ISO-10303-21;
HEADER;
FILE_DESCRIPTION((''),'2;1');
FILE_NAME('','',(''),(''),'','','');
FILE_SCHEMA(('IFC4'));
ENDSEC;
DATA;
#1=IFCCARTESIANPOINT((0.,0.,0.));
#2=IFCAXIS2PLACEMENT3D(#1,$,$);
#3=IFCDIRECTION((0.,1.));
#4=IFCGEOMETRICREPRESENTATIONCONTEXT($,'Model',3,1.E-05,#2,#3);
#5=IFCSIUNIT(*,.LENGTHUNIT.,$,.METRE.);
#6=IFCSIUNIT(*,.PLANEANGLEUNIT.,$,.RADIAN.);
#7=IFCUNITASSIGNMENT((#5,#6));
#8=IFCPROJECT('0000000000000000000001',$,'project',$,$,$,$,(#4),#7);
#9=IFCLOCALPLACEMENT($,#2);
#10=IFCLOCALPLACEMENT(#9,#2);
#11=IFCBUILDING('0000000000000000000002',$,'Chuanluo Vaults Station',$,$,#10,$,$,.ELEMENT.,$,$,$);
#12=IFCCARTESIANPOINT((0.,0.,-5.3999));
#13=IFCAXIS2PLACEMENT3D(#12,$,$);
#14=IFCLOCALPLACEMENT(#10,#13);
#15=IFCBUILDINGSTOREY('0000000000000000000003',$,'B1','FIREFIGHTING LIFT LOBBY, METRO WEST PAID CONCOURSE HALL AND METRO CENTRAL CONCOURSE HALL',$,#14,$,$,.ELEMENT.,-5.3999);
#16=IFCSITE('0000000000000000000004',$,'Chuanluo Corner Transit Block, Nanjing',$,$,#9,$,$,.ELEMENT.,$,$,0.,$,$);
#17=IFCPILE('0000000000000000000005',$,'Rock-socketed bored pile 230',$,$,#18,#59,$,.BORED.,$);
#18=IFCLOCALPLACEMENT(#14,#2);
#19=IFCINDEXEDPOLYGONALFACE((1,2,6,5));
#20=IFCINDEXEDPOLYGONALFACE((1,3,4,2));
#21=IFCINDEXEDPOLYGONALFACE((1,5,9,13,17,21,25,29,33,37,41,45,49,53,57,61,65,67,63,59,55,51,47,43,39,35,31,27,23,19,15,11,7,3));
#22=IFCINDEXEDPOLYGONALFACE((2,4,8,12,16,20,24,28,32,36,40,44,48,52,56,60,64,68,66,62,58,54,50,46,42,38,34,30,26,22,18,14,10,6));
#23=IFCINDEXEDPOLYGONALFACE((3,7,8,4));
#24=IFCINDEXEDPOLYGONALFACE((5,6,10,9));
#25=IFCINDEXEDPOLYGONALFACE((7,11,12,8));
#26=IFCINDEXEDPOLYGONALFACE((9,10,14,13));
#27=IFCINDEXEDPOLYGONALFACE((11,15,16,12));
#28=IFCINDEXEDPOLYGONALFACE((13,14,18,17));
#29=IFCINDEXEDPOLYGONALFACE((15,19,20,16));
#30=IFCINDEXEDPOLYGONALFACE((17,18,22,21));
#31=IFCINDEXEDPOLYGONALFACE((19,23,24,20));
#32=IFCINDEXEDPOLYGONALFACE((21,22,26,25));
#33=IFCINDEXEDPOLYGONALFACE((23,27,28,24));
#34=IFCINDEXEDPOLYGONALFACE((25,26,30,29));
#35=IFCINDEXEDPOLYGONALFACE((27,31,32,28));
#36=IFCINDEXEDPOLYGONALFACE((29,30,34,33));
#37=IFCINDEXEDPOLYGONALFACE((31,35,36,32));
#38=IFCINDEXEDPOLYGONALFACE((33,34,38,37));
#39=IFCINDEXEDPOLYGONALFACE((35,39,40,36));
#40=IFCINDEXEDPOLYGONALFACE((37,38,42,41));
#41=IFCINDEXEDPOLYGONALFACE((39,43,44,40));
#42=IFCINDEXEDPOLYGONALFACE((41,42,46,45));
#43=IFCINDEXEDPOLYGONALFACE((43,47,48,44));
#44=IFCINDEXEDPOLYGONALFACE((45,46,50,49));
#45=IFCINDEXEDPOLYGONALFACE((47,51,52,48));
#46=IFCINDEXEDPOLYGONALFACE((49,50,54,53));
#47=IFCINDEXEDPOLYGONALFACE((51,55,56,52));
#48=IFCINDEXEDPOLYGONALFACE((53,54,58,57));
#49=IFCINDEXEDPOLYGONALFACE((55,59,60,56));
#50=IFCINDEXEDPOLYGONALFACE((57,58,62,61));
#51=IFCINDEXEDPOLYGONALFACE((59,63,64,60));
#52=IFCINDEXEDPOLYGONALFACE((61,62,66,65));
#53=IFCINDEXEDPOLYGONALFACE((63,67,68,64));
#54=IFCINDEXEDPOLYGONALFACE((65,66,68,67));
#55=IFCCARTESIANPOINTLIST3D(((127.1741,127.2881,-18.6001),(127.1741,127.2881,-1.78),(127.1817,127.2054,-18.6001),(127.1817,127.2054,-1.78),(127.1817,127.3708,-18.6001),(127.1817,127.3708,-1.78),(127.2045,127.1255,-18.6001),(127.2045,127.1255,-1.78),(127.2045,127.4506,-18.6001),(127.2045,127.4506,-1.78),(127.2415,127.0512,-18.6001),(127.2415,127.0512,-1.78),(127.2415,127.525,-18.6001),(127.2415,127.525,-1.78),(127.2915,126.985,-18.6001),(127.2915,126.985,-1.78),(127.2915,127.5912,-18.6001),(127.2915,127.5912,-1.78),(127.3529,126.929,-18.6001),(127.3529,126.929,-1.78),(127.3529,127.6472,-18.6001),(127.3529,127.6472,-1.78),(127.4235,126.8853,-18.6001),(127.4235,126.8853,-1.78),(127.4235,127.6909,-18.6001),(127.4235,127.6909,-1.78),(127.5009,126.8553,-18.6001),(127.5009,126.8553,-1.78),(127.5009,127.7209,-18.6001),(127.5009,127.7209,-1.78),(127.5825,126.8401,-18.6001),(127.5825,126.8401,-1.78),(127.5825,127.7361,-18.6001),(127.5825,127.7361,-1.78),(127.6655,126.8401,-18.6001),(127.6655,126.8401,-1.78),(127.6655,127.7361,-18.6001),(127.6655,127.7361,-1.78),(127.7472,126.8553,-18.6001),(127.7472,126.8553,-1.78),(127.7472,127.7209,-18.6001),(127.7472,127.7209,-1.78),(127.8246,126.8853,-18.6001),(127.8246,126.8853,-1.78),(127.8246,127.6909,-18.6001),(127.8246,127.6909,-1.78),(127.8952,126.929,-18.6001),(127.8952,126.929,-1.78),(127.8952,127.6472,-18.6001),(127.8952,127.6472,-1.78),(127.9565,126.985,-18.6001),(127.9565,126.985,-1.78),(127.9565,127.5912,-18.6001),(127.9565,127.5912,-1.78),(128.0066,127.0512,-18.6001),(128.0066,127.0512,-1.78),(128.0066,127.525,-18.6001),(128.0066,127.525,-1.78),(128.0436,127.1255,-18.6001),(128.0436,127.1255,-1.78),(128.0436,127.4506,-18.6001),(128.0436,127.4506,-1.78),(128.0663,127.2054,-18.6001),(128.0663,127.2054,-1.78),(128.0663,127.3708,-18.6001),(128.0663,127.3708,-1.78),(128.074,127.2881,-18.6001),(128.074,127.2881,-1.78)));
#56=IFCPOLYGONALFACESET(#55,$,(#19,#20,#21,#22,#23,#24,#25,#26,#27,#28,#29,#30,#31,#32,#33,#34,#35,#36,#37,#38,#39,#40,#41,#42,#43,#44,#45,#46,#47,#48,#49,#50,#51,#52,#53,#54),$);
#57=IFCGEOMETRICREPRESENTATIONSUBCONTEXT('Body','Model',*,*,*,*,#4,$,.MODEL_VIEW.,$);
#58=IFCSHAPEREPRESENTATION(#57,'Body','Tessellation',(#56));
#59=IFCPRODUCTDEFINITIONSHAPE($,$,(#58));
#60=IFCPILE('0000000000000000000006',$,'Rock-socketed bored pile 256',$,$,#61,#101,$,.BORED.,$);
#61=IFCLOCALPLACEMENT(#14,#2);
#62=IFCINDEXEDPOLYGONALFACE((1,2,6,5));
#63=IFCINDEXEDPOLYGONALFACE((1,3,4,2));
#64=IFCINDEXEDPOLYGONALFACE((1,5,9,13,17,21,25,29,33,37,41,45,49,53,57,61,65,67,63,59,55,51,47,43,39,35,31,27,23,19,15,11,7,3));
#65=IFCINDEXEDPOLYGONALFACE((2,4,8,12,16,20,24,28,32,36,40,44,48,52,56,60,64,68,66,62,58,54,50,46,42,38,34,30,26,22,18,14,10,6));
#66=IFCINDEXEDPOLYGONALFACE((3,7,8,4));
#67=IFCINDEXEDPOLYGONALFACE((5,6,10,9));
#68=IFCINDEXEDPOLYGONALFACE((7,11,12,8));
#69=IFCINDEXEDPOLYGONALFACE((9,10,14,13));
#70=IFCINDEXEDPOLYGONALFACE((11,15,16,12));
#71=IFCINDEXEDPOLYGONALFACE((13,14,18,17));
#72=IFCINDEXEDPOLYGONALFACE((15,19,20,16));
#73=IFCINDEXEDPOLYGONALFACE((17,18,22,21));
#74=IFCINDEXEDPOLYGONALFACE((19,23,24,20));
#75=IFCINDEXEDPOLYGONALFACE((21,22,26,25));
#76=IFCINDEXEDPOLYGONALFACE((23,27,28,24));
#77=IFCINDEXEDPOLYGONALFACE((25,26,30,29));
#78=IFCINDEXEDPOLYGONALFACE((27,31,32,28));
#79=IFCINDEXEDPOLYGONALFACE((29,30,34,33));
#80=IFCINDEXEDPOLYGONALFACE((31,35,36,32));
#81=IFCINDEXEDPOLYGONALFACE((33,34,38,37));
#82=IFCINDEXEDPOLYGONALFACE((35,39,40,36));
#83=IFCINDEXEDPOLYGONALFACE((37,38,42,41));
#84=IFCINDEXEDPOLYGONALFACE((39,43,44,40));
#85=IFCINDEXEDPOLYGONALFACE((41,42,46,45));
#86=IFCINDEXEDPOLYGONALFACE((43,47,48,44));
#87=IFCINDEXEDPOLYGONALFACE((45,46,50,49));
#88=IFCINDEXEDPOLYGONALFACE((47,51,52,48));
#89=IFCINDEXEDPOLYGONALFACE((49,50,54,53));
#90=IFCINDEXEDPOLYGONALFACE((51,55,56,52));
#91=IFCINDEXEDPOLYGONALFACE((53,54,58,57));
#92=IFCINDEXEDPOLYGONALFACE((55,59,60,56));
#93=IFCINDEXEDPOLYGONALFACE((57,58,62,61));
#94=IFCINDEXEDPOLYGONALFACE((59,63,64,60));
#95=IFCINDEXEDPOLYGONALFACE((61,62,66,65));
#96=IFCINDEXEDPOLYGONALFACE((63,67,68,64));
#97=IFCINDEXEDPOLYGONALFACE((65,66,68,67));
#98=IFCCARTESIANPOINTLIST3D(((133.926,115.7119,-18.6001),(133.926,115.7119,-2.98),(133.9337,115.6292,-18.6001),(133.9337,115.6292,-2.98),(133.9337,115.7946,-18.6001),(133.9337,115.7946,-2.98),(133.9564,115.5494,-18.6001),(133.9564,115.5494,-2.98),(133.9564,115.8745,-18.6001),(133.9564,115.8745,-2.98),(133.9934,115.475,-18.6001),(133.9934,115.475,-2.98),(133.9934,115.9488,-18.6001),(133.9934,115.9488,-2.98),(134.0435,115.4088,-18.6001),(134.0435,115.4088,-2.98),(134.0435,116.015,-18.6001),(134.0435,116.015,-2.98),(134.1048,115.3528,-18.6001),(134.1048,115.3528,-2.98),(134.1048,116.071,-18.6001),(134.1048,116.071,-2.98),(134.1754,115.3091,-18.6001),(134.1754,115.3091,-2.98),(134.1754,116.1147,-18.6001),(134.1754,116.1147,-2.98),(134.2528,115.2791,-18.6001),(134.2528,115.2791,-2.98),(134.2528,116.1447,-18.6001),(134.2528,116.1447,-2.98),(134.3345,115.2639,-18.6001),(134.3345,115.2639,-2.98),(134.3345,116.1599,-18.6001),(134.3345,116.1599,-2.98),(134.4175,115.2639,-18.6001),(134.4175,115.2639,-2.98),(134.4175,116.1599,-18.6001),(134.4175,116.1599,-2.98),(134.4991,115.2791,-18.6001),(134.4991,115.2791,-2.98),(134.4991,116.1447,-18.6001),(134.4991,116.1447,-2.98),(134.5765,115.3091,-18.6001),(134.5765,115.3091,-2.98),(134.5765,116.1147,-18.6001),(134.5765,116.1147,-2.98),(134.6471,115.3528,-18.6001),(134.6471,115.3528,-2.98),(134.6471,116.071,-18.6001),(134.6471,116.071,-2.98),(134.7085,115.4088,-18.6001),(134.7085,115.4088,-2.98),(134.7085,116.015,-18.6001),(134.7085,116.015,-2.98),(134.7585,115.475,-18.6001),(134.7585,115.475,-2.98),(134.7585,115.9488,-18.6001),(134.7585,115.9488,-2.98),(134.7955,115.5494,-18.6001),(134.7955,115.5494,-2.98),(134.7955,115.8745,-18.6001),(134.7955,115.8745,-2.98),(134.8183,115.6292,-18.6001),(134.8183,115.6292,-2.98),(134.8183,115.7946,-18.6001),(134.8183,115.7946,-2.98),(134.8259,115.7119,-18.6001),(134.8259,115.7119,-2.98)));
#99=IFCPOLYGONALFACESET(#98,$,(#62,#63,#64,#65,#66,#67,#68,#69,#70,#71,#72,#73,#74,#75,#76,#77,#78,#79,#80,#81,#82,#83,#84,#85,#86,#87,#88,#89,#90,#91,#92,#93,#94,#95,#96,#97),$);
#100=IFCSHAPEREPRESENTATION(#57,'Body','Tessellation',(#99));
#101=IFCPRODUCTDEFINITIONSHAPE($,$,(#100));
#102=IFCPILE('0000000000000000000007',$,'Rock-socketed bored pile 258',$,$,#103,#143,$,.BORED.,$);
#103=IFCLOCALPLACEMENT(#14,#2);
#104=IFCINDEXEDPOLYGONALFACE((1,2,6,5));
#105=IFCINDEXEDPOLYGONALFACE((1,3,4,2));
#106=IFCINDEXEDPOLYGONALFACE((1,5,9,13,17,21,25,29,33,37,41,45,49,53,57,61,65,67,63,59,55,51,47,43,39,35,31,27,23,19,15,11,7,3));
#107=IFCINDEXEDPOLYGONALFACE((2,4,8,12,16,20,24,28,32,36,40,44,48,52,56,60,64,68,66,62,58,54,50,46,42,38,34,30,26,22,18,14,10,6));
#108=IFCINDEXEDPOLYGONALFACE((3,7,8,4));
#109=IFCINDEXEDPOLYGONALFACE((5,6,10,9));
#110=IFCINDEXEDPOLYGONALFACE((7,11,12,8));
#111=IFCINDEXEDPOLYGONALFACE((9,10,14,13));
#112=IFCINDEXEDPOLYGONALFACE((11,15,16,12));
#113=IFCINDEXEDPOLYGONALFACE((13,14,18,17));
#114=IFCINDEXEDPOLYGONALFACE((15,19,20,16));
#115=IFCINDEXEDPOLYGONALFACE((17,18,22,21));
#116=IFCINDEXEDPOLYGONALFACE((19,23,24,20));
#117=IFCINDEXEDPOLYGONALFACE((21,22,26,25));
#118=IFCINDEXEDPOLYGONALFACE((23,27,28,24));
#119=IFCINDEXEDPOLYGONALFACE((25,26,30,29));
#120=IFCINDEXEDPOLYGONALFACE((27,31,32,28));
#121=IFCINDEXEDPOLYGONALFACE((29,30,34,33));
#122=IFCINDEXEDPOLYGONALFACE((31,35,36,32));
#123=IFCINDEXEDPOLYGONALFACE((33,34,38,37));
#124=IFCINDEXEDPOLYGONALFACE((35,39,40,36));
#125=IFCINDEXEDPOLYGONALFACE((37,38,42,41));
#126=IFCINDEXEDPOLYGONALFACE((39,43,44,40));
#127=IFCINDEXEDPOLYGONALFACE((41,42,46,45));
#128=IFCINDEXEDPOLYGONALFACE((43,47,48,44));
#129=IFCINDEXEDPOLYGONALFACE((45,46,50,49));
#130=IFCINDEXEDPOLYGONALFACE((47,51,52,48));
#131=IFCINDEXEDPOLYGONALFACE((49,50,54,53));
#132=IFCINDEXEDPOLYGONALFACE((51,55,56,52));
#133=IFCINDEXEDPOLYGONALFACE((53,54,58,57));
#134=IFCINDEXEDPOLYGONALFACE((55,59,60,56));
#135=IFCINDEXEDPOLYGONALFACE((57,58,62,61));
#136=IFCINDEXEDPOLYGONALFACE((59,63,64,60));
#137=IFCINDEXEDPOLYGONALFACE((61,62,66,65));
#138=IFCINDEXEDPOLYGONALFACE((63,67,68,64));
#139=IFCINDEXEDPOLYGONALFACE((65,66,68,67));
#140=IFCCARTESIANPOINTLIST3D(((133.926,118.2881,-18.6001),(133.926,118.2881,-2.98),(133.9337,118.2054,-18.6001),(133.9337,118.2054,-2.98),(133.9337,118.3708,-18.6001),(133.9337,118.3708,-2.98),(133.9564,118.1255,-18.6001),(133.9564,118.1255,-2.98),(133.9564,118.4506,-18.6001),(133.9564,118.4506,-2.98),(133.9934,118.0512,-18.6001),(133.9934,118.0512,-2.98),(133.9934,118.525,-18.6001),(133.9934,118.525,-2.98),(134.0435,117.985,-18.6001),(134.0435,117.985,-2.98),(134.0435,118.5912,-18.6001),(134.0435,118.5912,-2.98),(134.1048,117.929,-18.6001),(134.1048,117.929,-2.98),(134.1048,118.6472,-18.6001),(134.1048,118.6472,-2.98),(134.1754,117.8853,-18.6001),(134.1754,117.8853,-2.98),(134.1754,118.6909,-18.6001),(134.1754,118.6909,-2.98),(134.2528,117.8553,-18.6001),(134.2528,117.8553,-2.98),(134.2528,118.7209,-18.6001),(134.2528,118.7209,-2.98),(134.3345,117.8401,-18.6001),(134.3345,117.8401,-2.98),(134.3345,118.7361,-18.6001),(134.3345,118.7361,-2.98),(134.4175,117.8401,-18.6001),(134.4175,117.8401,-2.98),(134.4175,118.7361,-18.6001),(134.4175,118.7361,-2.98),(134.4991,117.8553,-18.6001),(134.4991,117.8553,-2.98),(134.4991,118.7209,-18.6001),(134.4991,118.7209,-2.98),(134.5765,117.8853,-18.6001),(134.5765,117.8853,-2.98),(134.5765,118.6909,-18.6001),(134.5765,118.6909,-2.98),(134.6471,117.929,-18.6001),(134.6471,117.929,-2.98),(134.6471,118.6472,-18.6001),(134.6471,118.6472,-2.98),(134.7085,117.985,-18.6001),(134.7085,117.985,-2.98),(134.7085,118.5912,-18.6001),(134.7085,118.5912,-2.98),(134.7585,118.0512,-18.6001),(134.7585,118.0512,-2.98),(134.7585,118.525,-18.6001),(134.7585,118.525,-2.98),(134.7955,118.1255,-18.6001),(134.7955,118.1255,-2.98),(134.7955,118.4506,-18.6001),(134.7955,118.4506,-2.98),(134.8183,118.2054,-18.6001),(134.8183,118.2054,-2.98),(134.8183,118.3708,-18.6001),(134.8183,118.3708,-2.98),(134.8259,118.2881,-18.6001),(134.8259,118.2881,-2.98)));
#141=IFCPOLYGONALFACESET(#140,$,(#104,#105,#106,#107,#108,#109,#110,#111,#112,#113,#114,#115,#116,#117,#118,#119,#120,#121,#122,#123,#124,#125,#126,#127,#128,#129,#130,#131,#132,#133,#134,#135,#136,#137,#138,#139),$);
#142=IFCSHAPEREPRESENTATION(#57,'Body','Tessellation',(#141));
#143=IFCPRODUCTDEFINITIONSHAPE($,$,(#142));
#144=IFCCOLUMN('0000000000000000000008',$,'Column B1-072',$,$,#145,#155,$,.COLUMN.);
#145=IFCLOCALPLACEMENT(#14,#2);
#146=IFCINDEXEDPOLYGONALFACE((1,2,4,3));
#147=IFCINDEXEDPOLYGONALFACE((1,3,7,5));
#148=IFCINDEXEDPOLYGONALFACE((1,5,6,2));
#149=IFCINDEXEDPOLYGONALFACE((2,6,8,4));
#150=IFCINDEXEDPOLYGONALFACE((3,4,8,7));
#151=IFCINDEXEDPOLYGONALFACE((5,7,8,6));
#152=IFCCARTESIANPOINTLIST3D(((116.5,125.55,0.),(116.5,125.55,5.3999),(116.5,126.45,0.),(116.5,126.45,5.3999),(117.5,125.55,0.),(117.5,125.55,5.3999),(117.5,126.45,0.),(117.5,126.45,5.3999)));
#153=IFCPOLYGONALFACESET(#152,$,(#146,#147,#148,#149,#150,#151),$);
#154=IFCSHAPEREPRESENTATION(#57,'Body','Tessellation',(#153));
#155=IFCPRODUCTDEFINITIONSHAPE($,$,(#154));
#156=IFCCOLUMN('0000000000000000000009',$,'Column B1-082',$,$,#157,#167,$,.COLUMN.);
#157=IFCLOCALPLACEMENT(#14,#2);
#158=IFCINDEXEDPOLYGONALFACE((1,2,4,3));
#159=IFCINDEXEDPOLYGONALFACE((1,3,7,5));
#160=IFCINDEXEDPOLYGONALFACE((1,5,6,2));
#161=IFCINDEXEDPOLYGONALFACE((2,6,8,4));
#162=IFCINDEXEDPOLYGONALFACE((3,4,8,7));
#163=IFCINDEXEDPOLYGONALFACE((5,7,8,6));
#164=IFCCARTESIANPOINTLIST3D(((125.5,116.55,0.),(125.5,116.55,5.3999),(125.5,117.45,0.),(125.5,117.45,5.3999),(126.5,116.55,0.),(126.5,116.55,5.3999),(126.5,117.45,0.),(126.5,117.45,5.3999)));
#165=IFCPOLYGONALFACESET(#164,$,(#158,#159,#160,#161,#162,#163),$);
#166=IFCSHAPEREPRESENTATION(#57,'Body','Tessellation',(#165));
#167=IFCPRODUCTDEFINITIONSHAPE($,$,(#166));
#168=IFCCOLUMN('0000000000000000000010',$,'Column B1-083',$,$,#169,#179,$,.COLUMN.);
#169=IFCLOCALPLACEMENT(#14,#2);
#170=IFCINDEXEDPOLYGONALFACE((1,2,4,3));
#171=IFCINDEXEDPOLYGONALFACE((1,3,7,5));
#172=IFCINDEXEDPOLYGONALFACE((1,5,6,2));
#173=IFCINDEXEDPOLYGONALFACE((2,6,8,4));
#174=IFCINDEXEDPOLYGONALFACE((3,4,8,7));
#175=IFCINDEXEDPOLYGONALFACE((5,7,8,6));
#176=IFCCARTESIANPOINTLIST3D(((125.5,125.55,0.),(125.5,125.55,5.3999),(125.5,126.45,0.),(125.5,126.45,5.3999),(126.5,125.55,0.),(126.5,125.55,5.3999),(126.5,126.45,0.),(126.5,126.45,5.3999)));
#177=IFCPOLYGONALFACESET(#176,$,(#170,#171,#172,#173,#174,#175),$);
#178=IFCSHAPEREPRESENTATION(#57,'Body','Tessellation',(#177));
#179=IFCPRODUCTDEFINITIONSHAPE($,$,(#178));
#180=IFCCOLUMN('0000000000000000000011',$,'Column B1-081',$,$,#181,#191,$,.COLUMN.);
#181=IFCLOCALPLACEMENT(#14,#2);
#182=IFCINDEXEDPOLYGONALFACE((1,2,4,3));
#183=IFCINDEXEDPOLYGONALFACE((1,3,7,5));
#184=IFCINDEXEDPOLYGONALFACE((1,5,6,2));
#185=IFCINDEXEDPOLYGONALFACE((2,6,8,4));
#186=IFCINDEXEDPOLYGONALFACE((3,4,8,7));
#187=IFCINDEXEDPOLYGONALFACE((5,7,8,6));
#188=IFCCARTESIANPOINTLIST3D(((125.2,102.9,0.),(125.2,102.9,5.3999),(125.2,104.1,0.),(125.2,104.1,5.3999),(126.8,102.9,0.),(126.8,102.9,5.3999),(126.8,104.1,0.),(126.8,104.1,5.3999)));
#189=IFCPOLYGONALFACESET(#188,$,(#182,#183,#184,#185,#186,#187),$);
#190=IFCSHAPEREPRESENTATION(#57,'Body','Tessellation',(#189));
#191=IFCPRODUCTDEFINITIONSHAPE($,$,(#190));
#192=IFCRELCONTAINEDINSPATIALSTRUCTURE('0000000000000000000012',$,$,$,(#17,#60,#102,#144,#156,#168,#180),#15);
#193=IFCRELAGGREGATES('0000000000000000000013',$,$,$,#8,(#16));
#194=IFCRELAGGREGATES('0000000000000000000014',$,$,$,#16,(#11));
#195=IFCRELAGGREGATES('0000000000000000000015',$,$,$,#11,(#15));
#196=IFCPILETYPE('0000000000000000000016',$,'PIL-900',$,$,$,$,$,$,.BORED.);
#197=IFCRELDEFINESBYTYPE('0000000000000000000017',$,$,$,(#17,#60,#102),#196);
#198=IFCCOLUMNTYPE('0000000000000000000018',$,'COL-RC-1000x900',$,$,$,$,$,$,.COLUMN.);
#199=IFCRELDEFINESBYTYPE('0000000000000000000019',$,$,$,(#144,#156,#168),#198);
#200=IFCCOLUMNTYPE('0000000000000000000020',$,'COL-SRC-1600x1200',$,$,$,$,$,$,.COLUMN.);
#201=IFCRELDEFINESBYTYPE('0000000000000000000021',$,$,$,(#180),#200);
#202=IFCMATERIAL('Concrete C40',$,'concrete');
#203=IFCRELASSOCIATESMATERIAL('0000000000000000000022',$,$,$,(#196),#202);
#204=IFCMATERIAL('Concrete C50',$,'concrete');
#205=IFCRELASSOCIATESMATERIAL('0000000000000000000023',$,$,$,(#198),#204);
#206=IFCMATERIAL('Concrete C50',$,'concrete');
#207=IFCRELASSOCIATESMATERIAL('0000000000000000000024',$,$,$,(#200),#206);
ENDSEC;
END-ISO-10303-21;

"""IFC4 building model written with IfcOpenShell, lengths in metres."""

from ifc_helpers import new_model, si_unit, direction, frame, origin, origin_2d, place, context, subcontext, project, spatial, rectangle, circle, extrude, material, material_profile, profile_set, type_object, element, save


model = new_model("IFC4")

# Units and contexts
model_context = context("Model", 3, precision=1e-05, world=origin(), true_north=direction((0.0, 1.0)))
body_context = subcontext(model_context, "Body", "Model", "MODEL_VIEW")
ifc_project = project(units=[si_unit("LENGTHUNIT", "METRE"), si_unit("PLANEANGLEUNIT", "RADIAN")], contexts=[model_context])

# Site, building, storey
site_placement = place(None, origin())
site = spatial("IfcSite", under=ifc_project, at=site_placement, Name="Chuanluo Corner Transit Block, Nanjing", CompositionType="ELEMENT", RefElevation=0.0)
building_placement = place(site_placement, origin())
building = spatial("IfcBuilding", under=site, at=building_placement, Name="Chuanluo Vaults Station", CompositionType="ELEMENT")
storey_placement = place(building_placement, frame((0.0, 0.0, -5.3999)))
storey = spatial("IfcBuildingStorey", under=building, at=storey_placement, Name="B1", Description="FIREFIGHTING LIFT LOBBY, METRO WEST PAID CONCOURSE HALL AND METRO CENTRAL CONCOURSE HALL", CompositionType="ELEMENT", Elevation=-5.3999)

# Piles
ifc_material_1 = material(Name="Concrete C40", Category="concrete")
ifc_material_profile_1 = material_profile(ifc_material_1, circle(Radius=0.45, at=origin_2d()))
ifc_profile_set_1 = profile_set([ifc_material_profile_1], Name="Concrete C40")
pile_type_1 = type_object("IfcPileType", Name="PIL-900", PredefinedType="BORED", material=ifc_profile_set_1)
for number, where, z_axis, x_axis, name in (
    (1, (127.624, 127.2881, -1.78), (0.0, 0.0, -1.0), (1.0, 0.0, 0.0), "Rock-socketed bored pile 230"),
):
    element("IfcPile", number, at=place(storey_placement, frame(where, z_axis=z_axis, x_axis=x_axis)), inside=storey, type_object=pile_type_1, Name=name, PredefinedType="BORED", context=body_context, shape_type="SweptSolid", body=[
        extrude(circle(Radius=0.45, at=origin_2d()), origin(), (0.0, 0.0, 1.0), 16.8201),
    ])
for number, where, z_axis, x_axis, name in (
    (2, (134.376, 115.7119, -2.98), (0.0, 0.0, -1.0), (1.0, 0.0, 0.0), "Rock-socketed bored pile 256"),
    (3, (134.376, 118.2881, -2.98), (0.0, 0.0, -1.0), (1.0, 0.0, 0.0), "Rock-socketed bored pile 258"),
):
    element("IfcPile", number, at=place(storey_placement, frame(where, z_axis=z_axis, x_axis=x_axis)), inside=storey, type_object=pile_type_1, Name=name, PredefinedType="BORED", context=body_context, shape_type="SweptSolid", body=[
        extrude(circle(Radius=0.45, at=origin_2d()), origin(), (0.0, 0.0, 1.0), 15.6201),
    ])

# Columns
ifc_material_2 = material(Name="Concrete C50", Category="concrete")
ifc_material_profile_2 = material_profile(ifc_material_2, rectangle(XDim=1.0, YDim=0.8999, at=origin_2d()))
ifc_profile_set_2 = profile_set([ifc_material_profile_2], Name="Concrete C50")
column_type_1 = type_object("IfcColumnType", Name="COL-RC-1000x900", PredefinedType="COLUMN", material=ifc_profile_set_2)
for number, where, z_axis, x_axis, name in (
    (4, (117.0, 126.0, 0.0), (0.0, 0.0, 1.0), (1.0, 0.0, 0.0), "Column B1-072"),
    (5, (126.0, 117.0, 0.0), (0.0, 0.0, 1.0), (1.0, 0.0, 0.0), "Column B1-082"),
    (6, (126.0, 126.0, 0.0), (0.0, 0.0, 1.0), (1.0, 0.0, 0.0), "Column B1-083"),
):
    element("IfcColumn", number, at=place(storey_placement, frame(where, z_axis=z_axis, x_axis=x_axis)), inside=storey, type_object=column_type_1, Name=name, PredefinedType="COLUMN", context=body_context, shape_type="SweptSolid", body=[
        extrude(rectangle(XDim=1.0, YDim=0.8999, at=origin_2d()), origin(), (0.0, 0.0, 1.0), 5.3999),
    ])
ifc_material_3 = material(Name="Concrete C50", Category="concrete")
ifc_material_profile_3 = material_profile(ifc_material_3, rectangle(XDim=1.6001, YDim=1.2, at=origin_2d()))
ifc_profile_set_3 = profile_set([ifc_material_profile_3], Name="Concrete C50")
column_type_2 = type_object("IfcColumnType", Name="COL-SRC-1600x1200", PredefinedType="COLUMN", material=ifc_profile_set_3)
column_placement = place(storey_placement, frame((126.0, 103.5, 0.0), z_axis=(0.0, 0.0, 1.0), x_axis=(1.0, 0.0, 0.0)))
element("IfcColumn", 7, at=column_placement, inside=storey, type_object=column_type_2, Name="Column B1-081", PredefinedType="COLUMN", context=body_context, shape_type="SweptSolid", body=[
    extrude(rectangle(XDim=1.6001, YDim=1.2, at=origin_2d()), origin(), (0.0, 0.0, 1.0), 5.3999),
])

save(model, "model.ifc")
